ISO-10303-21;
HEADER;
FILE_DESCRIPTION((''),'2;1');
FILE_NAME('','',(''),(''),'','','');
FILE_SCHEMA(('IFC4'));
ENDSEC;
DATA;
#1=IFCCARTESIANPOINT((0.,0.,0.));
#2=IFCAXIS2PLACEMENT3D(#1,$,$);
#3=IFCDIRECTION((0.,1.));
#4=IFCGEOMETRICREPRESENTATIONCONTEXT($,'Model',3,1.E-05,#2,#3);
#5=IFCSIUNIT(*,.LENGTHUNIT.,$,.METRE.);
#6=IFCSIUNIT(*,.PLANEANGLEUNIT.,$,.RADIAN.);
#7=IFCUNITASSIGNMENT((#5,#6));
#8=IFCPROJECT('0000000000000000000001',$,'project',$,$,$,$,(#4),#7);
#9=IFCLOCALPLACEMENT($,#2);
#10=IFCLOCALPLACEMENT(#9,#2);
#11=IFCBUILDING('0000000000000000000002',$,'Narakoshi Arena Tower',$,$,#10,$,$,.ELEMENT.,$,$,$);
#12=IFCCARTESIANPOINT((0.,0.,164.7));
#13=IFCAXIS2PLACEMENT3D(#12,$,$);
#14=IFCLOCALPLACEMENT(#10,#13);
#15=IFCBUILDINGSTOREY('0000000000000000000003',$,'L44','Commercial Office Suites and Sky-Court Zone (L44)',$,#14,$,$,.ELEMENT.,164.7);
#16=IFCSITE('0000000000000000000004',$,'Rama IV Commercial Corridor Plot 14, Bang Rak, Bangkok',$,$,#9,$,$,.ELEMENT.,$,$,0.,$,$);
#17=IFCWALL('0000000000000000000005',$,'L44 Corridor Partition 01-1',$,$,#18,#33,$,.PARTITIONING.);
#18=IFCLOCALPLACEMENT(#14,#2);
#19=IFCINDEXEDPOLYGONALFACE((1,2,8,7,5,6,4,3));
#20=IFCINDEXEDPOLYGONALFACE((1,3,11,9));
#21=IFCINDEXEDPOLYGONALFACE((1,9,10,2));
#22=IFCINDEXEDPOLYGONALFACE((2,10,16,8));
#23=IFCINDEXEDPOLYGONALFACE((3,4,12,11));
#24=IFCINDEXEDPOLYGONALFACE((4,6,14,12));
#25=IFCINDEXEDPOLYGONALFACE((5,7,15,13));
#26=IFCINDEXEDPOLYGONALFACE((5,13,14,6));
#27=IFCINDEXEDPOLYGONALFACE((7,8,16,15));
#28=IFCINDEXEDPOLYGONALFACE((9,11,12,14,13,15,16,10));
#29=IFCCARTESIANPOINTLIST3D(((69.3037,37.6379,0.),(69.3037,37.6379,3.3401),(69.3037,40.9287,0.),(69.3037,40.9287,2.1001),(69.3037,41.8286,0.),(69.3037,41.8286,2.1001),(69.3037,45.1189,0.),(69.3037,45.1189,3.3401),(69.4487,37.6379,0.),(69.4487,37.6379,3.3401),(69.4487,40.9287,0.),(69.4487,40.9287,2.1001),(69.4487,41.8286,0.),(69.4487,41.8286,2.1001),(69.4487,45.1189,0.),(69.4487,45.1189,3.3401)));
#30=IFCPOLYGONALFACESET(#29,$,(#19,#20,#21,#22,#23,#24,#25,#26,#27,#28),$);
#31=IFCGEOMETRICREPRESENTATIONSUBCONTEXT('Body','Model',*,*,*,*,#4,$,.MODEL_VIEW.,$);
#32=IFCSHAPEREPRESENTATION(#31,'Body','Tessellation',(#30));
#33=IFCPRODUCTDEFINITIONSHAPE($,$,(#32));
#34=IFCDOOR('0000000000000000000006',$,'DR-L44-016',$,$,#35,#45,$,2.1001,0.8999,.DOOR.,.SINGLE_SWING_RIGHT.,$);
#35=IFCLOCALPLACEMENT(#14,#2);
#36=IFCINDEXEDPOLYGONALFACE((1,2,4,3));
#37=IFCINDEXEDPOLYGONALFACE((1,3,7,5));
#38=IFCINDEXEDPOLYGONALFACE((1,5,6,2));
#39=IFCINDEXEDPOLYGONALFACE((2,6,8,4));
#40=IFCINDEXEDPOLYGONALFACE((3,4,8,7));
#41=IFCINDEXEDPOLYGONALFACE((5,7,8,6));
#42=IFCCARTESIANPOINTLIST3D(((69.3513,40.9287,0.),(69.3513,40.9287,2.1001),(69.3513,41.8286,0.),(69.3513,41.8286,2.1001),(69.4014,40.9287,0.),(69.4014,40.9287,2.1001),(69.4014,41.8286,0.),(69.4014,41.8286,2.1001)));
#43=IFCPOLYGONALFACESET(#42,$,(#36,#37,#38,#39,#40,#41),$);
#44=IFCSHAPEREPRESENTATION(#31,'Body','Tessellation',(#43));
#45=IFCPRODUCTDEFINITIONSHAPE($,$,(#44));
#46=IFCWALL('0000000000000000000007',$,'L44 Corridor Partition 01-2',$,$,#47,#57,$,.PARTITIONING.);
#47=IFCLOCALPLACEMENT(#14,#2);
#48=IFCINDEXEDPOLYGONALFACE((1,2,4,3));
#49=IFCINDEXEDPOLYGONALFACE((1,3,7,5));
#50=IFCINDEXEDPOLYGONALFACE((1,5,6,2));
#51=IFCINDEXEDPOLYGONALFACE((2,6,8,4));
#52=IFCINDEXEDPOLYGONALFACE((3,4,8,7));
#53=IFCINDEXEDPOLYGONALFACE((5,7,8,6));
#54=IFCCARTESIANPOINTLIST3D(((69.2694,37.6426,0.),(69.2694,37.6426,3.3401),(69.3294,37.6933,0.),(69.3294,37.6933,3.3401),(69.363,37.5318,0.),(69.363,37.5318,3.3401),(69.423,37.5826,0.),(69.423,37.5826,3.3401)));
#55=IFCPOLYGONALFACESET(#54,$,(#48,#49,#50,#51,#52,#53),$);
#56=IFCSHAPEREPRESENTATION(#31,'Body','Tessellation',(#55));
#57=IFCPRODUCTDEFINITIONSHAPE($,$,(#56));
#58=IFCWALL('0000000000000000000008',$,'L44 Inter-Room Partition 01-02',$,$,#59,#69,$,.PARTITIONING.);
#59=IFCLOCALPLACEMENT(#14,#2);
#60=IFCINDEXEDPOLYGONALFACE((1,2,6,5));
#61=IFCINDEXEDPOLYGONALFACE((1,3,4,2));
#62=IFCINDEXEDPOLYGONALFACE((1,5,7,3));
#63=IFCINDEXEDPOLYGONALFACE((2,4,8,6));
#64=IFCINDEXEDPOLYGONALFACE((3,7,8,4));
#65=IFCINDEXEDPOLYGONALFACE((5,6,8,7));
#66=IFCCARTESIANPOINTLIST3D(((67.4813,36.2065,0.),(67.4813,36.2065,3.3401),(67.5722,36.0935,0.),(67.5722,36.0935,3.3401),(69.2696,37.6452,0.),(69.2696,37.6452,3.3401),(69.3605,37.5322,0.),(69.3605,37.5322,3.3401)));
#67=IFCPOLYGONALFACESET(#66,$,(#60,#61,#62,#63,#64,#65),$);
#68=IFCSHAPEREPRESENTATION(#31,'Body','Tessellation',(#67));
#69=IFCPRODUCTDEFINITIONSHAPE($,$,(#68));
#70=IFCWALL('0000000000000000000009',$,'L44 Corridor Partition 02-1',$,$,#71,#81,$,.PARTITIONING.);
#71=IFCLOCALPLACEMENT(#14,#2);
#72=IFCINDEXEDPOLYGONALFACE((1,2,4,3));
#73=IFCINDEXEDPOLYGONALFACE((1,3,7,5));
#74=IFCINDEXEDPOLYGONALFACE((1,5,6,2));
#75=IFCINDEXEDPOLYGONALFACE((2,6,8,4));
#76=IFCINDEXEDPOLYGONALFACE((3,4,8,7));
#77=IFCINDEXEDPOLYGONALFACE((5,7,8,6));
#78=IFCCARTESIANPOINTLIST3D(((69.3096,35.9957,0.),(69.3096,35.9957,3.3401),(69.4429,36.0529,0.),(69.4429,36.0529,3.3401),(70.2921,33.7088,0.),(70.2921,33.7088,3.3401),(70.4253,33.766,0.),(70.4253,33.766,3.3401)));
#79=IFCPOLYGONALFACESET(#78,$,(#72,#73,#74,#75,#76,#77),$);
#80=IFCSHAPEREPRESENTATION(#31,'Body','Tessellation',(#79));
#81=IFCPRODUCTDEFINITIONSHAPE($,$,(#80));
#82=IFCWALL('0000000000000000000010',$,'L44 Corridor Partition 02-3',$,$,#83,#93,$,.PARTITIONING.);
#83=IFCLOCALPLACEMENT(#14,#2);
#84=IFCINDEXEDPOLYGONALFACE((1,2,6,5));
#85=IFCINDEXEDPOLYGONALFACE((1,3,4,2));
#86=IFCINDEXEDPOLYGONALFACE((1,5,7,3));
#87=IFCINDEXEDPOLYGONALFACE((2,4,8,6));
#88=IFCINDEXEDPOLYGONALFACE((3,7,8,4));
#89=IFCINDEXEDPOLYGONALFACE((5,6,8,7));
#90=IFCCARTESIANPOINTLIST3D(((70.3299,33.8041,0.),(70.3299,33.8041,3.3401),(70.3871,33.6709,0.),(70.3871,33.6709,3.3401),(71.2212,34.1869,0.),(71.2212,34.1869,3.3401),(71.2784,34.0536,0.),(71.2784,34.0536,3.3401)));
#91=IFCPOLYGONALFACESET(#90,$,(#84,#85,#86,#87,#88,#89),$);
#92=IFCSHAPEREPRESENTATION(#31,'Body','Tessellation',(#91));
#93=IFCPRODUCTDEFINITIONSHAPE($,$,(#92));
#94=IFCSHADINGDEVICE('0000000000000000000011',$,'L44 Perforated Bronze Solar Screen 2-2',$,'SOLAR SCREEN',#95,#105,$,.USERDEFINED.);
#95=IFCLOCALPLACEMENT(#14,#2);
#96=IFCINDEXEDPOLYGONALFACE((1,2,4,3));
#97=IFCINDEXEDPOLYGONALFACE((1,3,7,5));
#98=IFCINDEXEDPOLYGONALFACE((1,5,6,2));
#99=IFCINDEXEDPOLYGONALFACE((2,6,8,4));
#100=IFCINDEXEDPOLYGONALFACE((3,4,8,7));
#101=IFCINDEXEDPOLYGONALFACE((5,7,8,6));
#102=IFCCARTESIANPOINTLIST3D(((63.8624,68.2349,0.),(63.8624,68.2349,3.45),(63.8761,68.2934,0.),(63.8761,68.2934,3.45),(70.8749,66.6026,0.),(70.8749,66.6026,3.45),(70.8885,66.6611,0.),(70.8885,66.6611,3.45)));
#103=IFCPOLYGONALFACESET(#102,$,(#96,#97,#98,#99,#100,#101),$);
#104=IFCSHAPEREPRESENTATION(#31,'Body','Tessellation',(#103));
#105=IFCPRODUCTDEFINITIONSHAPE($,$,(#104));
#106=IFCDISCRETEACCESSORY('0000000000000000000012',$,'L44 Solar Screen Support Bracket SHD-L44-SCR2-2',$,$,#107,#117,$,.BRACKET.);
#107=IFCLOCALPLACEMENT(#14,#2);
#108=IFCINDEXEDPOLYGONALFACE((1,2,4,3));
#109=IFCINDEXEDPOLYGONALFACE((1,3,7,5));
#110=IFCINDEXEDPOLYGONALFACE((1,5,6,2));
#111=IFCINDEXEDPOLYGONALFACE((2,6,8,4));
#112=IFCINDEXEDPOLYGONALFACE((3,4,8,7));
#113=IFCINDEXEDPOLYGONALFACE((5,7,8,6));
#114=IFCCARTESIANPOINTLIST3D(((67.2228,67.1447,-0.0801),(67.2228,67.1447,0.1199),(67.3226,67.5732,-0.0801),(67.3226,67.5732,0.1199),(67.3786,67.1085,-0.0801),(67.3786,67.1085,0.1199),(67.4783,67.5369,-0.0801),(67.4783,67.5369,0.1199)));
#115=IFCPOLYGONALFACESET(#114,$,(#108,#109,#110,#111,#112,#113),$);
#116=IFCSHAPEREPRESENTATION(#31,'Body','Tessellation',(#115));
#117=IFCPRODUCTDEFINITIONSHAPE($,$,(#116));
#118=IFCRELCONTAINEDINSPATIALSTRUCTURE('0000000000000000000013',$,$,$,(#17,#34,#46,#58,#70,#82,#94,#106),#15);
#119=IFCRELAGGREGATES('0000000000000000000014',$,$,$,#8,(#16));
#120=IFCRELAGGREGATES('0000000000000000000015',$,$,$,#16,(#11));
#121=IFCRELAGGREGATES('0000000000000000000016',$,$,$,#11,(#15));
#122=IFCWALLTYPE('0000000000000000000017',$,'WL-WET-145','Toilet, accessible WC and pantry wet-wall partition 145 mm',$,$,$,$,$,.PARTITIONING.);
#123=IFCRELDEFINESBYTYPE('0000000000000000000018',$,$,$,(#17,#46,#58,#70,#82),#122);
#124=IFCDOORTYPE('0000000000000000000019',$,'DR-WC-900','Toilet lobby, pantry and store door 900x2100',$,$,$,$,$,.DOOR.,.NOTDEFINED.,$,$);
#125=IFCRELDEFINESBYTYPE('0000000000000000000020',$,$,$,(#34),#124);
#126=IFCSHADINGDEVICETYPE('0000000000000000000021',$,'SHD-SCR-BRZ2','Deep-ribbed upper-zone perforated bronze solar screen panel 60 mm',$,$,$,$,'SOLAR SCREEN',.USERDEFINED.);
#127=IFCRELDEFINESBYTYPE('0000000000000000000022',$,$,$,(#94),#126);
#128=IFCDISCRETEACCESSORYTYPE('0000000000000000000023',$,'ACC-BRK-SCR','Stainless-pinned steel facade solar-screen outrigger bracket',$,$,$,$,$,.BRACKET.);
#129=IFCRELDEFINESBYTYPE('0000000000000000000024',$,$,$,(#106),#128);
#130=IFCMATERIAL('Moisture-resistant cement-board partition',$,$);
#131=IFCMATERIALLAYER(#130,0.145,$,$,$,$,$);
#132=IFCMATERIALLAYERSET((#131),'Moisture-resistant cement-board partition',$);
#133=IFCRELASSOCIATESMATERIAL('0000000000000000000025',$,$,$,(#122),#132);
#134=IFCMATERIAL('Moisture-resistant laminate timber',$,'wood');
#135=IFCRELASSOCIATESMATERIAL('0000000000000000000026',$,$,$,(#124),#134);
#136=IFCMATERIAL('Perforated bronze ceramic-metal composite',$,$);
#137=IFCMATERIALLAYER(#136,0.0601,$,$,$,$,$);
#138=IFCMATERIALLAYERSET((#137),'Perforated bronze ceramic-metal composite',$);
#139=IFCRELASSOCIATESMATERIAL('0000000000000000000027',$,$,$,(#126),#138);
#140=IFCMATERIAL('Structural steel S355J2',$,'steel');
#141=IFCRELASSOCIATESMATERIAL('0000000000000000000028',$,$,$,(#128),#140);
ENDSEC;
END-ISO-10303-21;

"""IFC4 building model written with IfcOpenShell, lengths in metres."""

from ifc_helpers import new_model, si_unit, direction, frame, frame_2d, origin, origin_2d, place, context, subcontext, project, spatial, rectangle, extrude, material, layer, layer_set, type_object, element, fill, save


model = new_model("IFC4")

# Units and contexts
model_context = context("Model", 3, precision=1e-05, world=origin(), true_north=direction((0.0, 1.0)))
body_context = subcontext(model_context, "Body", "Model", "MODEL_VIEW")
ifc_project = project(units=[si_unit("LENGTHUNIT", "METRE"), si_unit("PLANEANGLEUNIT", "RADIAN")], contexts=[model_context])

# Site, building, storey
site_placement = place(None, origin())
site = spatial("IfcSite", under=ifc_project, at=site_placement, Name="Rama IV Commercial Corridor Plot 14, Bang Rak, Bangkok", CompositionType="ELEMENT", RefElevation=0.0)
building_placement = place(site_placement, origin())
building = spatial("IfcBuilding", under=site, at=building_placement, Name="Narakoshi Arena Tower", CompositionType="ELEMENT")
storey_placement = place(building_placement, frame((0.0, 0.0, 164.7)))
storey = spatial("IfcBuildingStorey", under=building, at=storey_placement, Name="L44", Description="Commercial Office Suites and Sky-Court Zone (L44)", CompositionType="ELEMENT", Elevation=164.7)

# Shared definitions
ifc_material_1 = material(Name="Structural steel S355J2", Category="steel")

# Wall, opening, door
ifc_material_2 = material(Name="Moisture-resistant cement-board partition")
ifc_layer_1 = layer(ifc_material_2, 0.145)
ifc_layer_set_1 = layer_set([ifc_layer_1], Name="Moisture-resistant cement-board partition")
wall_type_1 = type_object("IfcWallType", Name="WL-WET-145", Description="Toilet, accessible WC and pantry wet-wall partition 145 mm", PredefinedType="PARTITIONING", material=ifc_layer_set_1)
wall_1_placement = place(storey_placement, frame((69.3762, 45.1189, 0.0), z_axis=(0.0, 0.0, 1.0), x_axis=(0.0, -1.0, 0.0)))
wall_1 = element("IfcWall", 1, at=wall_1_placement, inside=storey, type_object=wall_type_1, Name="L44 Corridor Partition 01-1", PredefinedType="PARTITIONING", context=body_context, shape_type="SweptSolid", body=[
    extrude(rectangle(XDim=7.481, YDim=0.145, at=frame_2d((3.7405, 0.0))), origin(), (0.0, 0.0, 1.0), 3.3401),
])
opening_1_placement = place(wall_1_placement, frame((3.2903, 0.0, 0.0)))
opening_1 = element("IfcOpeningElement", 2, at=opening_1_placement, cuts=wall_1, PredefinedType="OPENING", context=body_context, shape_type="SweptSolid", body=[
    extrude(rectangle(XDim=0.8999, YDim=2.1001, at=frame_2d((0.45, 1.05))), frame((0.0, 0.0825, 0.0), z_axis=(0.0, -1.0, 0.0), x_axis=(1.0, 0.0, 0.0)), (0.0, 0.0, 1.0), 0.165),
])
ifc_material_3 = material(Name="Moisture-resistant laminate timber", Category="wood")
door_type_1 = type_object("IfcDoorType", Name="DR-WC-900", Description="Toilet lobby, pantry and store door 900x2100", OperationType="NOTDEFINED", PredefinedType="DOOR", material=ifc_material_3)
door_1_placement = place(opening_1_placement, frame((0.8999, 0.0, 0.0), z_axis=(0.0, 0.0, 1.0), x_axis=(-1.0, 0.0, 0.0)))
door_1 = element("IfcDoor", 3, at=door_1_placement, inside=storey, type_object=door_type_1, Name="DR-L44-016", OperationType="SINGLE_SWING_RIGHT", OverallHeight=2.1001, OverallWidth=0.8999, PredefinedType="DOOR", context=body_context, shape_type="SweptSolid", body=[
    extrude(rectangle(XDim=0.8999, YDim=2.1001, at=frame_2d((0.45, 1.05))), frame((0.0, 0.0249, 0.0), z_axis=(0.0, -1.0, 0.0), x_axis=(1.0, 0.0, 0.0)), (0.0, 0.0, 1.0), 0.05),
])
fill(opening_1, door_1)

# Walls
wall_2_placement = place(storey_placement, frame((69.3762, 37.6379, 0.0), z_axis=(0.0, 0.0, 1.0), x_axis=(-0.763622, -0.645664, 0.0)))
element("IfcWall", 4, at=wall_2_placement, inside=storey, type_object=wall_type_1, Name="L44 Corridor Partition 01-2", PredefinedType="PARTITIONING", context=body_context, shape_type="SweptSolid", body=[
    extrude(rectangle(XDim=0.0786, YDim=0.145, at=frame_2d((0.0393, 0.0))), origin(), (0.0, 0.0, 1.0), 3.3401),
])
wall_3_placement = place(storey_placement, frame((69.3149, 37.5886, 0.0), z_axis=(0.0, 0.0, 1.0), x_axis=(-0.779154, -0.626833, 0.0)))
element("IfcWall", 5, at=wall_3_placement, inside=storey, type_object=wall_type_1, Name="L44 Inter-Room Partition 01-02", PredefinedType="PARTITIONING", context=body_context, shape_type="SweptSolid", body=[
    extrude(rectangle(XDim=2.2952, YDim=0.145, at=frame_2d((1.1475, 0.0))), origin(), (0.0, 0.0, 1.0), 3.3401),
])
wall_4_placement = place(storey_placement, frame((69.3762, 36.0244, 0.0), z_axis=(0.0, 0.0, 1.0), x_axis=(0.394712, -0.918805, 0.0)))
element("IfcWall", 6, at=wall_4_placement, inside=storey, type_object=wall_type_1, Name="L44 Corridor Partition 02-1", PredefinedType="PARTITIONING", context=body_context, shape_type="SweptSolid", body=[
    extrude(rectangle(XDim=2.489, YDim=0.145, at=frame_2d((1.2446, 0.0))), origin(), (0.0, 0.0, 1.0), 3.3401),
])

# Wall
wall_5_placement = place(storey_placement, frame((70.3586, 33.7375, 0.0), z_axis=(0.0, 0.0, 1.0), x_axis=(0.918845, 0.394618, 0.0)))
element("IfcWall", 7, at=wall_5_placement, inside=storey, type_object=wall_type_1, Name="L44 Corridor Partition 02-3", PredefinedType="PARTITIONING", context=body_context, shape_type="SweptSolid", body=[
    extrude(rectangle(XDim=0.97, YDim=0.145, at=frame_2d((0.4849, 0.0))), origin(), (0.0, 0.0, 1.0), 3.3401),
])

# Shading device
ifc_material_4 = material(Name="Perforated bronze ceramic-metal composite")
ifc_layer_2 = layer(ifc_material_4, 0.0601)
ifc_layer_set_2 = layer_set([ifc_layer_2], Name="Perforated bronze ceramic-metal composite")
shading_device_type = type_object("IfcShadingDeviceType", Name="SHD-SCR-BRZ2", Description="Deep-ribbed upper-zone perforated bronze solar screen panel 60 mm", ElementType="SOLAR SCREEN", PredefinedType="USERDEFINED", material=ifc_layer_set_2)
shading_device_placement = place(storey_placement, frame((67.3755, 67.448, 0.0), z_axis=(0.0, 0.0, 1.0), x_axis=(-0.97396, 0.226719, 0.0)))
element("IfcShadingDevice", 8, at=shading_device_placement, inside=storey, type_object=shading_device_type, Name="L44 Perforated Bronze Solar Screen 2-2", ObjectType="SOLAR SCREEN", PredefinedType="USERDEFINED", context=body_context, shape_type="SweptSolid", body=[
    extrude(rectangle(XDim=7.2, YDim=0.0601, at=origin_2d()), origin(), (0.0, 0.0, 1.0), 3.45),
])

# Discrete accessory
discrete_accessory_type = type_object("IfcDiscreteAccessoryType", Name="ACC-BRK-SCR", Description="Stainless-pinned steel facade solar-screen outrigger bracket", PredefinedType="BRACKET", material=ifc_material_1)
discrete_accessory_placement = place(storey_placement, frame((67.3506, 67.3408, -0.0801), z_axis=(0.0, 0.0, 1.0), x_axis=(-0.97396, 0.226719, 0.0)))
element("IfcDiscreteAccessory", 9, at=discrete_accessory_placement, inside=storey, type_object=discrete_accessory_type, Name="L44 Solar Screen Support Bracket SHD-L44-SCR2-2", PredefinedType="BRACKET", context=body_context, shape_type="SweptSolid", body=[
    extrude(rectangle(XDim=0.1599, YDim=0.4399, at=origin_2d()), origin(), (0.0, 0.0, 1.0), 0.2),
])

save(model, "model.ifc")
